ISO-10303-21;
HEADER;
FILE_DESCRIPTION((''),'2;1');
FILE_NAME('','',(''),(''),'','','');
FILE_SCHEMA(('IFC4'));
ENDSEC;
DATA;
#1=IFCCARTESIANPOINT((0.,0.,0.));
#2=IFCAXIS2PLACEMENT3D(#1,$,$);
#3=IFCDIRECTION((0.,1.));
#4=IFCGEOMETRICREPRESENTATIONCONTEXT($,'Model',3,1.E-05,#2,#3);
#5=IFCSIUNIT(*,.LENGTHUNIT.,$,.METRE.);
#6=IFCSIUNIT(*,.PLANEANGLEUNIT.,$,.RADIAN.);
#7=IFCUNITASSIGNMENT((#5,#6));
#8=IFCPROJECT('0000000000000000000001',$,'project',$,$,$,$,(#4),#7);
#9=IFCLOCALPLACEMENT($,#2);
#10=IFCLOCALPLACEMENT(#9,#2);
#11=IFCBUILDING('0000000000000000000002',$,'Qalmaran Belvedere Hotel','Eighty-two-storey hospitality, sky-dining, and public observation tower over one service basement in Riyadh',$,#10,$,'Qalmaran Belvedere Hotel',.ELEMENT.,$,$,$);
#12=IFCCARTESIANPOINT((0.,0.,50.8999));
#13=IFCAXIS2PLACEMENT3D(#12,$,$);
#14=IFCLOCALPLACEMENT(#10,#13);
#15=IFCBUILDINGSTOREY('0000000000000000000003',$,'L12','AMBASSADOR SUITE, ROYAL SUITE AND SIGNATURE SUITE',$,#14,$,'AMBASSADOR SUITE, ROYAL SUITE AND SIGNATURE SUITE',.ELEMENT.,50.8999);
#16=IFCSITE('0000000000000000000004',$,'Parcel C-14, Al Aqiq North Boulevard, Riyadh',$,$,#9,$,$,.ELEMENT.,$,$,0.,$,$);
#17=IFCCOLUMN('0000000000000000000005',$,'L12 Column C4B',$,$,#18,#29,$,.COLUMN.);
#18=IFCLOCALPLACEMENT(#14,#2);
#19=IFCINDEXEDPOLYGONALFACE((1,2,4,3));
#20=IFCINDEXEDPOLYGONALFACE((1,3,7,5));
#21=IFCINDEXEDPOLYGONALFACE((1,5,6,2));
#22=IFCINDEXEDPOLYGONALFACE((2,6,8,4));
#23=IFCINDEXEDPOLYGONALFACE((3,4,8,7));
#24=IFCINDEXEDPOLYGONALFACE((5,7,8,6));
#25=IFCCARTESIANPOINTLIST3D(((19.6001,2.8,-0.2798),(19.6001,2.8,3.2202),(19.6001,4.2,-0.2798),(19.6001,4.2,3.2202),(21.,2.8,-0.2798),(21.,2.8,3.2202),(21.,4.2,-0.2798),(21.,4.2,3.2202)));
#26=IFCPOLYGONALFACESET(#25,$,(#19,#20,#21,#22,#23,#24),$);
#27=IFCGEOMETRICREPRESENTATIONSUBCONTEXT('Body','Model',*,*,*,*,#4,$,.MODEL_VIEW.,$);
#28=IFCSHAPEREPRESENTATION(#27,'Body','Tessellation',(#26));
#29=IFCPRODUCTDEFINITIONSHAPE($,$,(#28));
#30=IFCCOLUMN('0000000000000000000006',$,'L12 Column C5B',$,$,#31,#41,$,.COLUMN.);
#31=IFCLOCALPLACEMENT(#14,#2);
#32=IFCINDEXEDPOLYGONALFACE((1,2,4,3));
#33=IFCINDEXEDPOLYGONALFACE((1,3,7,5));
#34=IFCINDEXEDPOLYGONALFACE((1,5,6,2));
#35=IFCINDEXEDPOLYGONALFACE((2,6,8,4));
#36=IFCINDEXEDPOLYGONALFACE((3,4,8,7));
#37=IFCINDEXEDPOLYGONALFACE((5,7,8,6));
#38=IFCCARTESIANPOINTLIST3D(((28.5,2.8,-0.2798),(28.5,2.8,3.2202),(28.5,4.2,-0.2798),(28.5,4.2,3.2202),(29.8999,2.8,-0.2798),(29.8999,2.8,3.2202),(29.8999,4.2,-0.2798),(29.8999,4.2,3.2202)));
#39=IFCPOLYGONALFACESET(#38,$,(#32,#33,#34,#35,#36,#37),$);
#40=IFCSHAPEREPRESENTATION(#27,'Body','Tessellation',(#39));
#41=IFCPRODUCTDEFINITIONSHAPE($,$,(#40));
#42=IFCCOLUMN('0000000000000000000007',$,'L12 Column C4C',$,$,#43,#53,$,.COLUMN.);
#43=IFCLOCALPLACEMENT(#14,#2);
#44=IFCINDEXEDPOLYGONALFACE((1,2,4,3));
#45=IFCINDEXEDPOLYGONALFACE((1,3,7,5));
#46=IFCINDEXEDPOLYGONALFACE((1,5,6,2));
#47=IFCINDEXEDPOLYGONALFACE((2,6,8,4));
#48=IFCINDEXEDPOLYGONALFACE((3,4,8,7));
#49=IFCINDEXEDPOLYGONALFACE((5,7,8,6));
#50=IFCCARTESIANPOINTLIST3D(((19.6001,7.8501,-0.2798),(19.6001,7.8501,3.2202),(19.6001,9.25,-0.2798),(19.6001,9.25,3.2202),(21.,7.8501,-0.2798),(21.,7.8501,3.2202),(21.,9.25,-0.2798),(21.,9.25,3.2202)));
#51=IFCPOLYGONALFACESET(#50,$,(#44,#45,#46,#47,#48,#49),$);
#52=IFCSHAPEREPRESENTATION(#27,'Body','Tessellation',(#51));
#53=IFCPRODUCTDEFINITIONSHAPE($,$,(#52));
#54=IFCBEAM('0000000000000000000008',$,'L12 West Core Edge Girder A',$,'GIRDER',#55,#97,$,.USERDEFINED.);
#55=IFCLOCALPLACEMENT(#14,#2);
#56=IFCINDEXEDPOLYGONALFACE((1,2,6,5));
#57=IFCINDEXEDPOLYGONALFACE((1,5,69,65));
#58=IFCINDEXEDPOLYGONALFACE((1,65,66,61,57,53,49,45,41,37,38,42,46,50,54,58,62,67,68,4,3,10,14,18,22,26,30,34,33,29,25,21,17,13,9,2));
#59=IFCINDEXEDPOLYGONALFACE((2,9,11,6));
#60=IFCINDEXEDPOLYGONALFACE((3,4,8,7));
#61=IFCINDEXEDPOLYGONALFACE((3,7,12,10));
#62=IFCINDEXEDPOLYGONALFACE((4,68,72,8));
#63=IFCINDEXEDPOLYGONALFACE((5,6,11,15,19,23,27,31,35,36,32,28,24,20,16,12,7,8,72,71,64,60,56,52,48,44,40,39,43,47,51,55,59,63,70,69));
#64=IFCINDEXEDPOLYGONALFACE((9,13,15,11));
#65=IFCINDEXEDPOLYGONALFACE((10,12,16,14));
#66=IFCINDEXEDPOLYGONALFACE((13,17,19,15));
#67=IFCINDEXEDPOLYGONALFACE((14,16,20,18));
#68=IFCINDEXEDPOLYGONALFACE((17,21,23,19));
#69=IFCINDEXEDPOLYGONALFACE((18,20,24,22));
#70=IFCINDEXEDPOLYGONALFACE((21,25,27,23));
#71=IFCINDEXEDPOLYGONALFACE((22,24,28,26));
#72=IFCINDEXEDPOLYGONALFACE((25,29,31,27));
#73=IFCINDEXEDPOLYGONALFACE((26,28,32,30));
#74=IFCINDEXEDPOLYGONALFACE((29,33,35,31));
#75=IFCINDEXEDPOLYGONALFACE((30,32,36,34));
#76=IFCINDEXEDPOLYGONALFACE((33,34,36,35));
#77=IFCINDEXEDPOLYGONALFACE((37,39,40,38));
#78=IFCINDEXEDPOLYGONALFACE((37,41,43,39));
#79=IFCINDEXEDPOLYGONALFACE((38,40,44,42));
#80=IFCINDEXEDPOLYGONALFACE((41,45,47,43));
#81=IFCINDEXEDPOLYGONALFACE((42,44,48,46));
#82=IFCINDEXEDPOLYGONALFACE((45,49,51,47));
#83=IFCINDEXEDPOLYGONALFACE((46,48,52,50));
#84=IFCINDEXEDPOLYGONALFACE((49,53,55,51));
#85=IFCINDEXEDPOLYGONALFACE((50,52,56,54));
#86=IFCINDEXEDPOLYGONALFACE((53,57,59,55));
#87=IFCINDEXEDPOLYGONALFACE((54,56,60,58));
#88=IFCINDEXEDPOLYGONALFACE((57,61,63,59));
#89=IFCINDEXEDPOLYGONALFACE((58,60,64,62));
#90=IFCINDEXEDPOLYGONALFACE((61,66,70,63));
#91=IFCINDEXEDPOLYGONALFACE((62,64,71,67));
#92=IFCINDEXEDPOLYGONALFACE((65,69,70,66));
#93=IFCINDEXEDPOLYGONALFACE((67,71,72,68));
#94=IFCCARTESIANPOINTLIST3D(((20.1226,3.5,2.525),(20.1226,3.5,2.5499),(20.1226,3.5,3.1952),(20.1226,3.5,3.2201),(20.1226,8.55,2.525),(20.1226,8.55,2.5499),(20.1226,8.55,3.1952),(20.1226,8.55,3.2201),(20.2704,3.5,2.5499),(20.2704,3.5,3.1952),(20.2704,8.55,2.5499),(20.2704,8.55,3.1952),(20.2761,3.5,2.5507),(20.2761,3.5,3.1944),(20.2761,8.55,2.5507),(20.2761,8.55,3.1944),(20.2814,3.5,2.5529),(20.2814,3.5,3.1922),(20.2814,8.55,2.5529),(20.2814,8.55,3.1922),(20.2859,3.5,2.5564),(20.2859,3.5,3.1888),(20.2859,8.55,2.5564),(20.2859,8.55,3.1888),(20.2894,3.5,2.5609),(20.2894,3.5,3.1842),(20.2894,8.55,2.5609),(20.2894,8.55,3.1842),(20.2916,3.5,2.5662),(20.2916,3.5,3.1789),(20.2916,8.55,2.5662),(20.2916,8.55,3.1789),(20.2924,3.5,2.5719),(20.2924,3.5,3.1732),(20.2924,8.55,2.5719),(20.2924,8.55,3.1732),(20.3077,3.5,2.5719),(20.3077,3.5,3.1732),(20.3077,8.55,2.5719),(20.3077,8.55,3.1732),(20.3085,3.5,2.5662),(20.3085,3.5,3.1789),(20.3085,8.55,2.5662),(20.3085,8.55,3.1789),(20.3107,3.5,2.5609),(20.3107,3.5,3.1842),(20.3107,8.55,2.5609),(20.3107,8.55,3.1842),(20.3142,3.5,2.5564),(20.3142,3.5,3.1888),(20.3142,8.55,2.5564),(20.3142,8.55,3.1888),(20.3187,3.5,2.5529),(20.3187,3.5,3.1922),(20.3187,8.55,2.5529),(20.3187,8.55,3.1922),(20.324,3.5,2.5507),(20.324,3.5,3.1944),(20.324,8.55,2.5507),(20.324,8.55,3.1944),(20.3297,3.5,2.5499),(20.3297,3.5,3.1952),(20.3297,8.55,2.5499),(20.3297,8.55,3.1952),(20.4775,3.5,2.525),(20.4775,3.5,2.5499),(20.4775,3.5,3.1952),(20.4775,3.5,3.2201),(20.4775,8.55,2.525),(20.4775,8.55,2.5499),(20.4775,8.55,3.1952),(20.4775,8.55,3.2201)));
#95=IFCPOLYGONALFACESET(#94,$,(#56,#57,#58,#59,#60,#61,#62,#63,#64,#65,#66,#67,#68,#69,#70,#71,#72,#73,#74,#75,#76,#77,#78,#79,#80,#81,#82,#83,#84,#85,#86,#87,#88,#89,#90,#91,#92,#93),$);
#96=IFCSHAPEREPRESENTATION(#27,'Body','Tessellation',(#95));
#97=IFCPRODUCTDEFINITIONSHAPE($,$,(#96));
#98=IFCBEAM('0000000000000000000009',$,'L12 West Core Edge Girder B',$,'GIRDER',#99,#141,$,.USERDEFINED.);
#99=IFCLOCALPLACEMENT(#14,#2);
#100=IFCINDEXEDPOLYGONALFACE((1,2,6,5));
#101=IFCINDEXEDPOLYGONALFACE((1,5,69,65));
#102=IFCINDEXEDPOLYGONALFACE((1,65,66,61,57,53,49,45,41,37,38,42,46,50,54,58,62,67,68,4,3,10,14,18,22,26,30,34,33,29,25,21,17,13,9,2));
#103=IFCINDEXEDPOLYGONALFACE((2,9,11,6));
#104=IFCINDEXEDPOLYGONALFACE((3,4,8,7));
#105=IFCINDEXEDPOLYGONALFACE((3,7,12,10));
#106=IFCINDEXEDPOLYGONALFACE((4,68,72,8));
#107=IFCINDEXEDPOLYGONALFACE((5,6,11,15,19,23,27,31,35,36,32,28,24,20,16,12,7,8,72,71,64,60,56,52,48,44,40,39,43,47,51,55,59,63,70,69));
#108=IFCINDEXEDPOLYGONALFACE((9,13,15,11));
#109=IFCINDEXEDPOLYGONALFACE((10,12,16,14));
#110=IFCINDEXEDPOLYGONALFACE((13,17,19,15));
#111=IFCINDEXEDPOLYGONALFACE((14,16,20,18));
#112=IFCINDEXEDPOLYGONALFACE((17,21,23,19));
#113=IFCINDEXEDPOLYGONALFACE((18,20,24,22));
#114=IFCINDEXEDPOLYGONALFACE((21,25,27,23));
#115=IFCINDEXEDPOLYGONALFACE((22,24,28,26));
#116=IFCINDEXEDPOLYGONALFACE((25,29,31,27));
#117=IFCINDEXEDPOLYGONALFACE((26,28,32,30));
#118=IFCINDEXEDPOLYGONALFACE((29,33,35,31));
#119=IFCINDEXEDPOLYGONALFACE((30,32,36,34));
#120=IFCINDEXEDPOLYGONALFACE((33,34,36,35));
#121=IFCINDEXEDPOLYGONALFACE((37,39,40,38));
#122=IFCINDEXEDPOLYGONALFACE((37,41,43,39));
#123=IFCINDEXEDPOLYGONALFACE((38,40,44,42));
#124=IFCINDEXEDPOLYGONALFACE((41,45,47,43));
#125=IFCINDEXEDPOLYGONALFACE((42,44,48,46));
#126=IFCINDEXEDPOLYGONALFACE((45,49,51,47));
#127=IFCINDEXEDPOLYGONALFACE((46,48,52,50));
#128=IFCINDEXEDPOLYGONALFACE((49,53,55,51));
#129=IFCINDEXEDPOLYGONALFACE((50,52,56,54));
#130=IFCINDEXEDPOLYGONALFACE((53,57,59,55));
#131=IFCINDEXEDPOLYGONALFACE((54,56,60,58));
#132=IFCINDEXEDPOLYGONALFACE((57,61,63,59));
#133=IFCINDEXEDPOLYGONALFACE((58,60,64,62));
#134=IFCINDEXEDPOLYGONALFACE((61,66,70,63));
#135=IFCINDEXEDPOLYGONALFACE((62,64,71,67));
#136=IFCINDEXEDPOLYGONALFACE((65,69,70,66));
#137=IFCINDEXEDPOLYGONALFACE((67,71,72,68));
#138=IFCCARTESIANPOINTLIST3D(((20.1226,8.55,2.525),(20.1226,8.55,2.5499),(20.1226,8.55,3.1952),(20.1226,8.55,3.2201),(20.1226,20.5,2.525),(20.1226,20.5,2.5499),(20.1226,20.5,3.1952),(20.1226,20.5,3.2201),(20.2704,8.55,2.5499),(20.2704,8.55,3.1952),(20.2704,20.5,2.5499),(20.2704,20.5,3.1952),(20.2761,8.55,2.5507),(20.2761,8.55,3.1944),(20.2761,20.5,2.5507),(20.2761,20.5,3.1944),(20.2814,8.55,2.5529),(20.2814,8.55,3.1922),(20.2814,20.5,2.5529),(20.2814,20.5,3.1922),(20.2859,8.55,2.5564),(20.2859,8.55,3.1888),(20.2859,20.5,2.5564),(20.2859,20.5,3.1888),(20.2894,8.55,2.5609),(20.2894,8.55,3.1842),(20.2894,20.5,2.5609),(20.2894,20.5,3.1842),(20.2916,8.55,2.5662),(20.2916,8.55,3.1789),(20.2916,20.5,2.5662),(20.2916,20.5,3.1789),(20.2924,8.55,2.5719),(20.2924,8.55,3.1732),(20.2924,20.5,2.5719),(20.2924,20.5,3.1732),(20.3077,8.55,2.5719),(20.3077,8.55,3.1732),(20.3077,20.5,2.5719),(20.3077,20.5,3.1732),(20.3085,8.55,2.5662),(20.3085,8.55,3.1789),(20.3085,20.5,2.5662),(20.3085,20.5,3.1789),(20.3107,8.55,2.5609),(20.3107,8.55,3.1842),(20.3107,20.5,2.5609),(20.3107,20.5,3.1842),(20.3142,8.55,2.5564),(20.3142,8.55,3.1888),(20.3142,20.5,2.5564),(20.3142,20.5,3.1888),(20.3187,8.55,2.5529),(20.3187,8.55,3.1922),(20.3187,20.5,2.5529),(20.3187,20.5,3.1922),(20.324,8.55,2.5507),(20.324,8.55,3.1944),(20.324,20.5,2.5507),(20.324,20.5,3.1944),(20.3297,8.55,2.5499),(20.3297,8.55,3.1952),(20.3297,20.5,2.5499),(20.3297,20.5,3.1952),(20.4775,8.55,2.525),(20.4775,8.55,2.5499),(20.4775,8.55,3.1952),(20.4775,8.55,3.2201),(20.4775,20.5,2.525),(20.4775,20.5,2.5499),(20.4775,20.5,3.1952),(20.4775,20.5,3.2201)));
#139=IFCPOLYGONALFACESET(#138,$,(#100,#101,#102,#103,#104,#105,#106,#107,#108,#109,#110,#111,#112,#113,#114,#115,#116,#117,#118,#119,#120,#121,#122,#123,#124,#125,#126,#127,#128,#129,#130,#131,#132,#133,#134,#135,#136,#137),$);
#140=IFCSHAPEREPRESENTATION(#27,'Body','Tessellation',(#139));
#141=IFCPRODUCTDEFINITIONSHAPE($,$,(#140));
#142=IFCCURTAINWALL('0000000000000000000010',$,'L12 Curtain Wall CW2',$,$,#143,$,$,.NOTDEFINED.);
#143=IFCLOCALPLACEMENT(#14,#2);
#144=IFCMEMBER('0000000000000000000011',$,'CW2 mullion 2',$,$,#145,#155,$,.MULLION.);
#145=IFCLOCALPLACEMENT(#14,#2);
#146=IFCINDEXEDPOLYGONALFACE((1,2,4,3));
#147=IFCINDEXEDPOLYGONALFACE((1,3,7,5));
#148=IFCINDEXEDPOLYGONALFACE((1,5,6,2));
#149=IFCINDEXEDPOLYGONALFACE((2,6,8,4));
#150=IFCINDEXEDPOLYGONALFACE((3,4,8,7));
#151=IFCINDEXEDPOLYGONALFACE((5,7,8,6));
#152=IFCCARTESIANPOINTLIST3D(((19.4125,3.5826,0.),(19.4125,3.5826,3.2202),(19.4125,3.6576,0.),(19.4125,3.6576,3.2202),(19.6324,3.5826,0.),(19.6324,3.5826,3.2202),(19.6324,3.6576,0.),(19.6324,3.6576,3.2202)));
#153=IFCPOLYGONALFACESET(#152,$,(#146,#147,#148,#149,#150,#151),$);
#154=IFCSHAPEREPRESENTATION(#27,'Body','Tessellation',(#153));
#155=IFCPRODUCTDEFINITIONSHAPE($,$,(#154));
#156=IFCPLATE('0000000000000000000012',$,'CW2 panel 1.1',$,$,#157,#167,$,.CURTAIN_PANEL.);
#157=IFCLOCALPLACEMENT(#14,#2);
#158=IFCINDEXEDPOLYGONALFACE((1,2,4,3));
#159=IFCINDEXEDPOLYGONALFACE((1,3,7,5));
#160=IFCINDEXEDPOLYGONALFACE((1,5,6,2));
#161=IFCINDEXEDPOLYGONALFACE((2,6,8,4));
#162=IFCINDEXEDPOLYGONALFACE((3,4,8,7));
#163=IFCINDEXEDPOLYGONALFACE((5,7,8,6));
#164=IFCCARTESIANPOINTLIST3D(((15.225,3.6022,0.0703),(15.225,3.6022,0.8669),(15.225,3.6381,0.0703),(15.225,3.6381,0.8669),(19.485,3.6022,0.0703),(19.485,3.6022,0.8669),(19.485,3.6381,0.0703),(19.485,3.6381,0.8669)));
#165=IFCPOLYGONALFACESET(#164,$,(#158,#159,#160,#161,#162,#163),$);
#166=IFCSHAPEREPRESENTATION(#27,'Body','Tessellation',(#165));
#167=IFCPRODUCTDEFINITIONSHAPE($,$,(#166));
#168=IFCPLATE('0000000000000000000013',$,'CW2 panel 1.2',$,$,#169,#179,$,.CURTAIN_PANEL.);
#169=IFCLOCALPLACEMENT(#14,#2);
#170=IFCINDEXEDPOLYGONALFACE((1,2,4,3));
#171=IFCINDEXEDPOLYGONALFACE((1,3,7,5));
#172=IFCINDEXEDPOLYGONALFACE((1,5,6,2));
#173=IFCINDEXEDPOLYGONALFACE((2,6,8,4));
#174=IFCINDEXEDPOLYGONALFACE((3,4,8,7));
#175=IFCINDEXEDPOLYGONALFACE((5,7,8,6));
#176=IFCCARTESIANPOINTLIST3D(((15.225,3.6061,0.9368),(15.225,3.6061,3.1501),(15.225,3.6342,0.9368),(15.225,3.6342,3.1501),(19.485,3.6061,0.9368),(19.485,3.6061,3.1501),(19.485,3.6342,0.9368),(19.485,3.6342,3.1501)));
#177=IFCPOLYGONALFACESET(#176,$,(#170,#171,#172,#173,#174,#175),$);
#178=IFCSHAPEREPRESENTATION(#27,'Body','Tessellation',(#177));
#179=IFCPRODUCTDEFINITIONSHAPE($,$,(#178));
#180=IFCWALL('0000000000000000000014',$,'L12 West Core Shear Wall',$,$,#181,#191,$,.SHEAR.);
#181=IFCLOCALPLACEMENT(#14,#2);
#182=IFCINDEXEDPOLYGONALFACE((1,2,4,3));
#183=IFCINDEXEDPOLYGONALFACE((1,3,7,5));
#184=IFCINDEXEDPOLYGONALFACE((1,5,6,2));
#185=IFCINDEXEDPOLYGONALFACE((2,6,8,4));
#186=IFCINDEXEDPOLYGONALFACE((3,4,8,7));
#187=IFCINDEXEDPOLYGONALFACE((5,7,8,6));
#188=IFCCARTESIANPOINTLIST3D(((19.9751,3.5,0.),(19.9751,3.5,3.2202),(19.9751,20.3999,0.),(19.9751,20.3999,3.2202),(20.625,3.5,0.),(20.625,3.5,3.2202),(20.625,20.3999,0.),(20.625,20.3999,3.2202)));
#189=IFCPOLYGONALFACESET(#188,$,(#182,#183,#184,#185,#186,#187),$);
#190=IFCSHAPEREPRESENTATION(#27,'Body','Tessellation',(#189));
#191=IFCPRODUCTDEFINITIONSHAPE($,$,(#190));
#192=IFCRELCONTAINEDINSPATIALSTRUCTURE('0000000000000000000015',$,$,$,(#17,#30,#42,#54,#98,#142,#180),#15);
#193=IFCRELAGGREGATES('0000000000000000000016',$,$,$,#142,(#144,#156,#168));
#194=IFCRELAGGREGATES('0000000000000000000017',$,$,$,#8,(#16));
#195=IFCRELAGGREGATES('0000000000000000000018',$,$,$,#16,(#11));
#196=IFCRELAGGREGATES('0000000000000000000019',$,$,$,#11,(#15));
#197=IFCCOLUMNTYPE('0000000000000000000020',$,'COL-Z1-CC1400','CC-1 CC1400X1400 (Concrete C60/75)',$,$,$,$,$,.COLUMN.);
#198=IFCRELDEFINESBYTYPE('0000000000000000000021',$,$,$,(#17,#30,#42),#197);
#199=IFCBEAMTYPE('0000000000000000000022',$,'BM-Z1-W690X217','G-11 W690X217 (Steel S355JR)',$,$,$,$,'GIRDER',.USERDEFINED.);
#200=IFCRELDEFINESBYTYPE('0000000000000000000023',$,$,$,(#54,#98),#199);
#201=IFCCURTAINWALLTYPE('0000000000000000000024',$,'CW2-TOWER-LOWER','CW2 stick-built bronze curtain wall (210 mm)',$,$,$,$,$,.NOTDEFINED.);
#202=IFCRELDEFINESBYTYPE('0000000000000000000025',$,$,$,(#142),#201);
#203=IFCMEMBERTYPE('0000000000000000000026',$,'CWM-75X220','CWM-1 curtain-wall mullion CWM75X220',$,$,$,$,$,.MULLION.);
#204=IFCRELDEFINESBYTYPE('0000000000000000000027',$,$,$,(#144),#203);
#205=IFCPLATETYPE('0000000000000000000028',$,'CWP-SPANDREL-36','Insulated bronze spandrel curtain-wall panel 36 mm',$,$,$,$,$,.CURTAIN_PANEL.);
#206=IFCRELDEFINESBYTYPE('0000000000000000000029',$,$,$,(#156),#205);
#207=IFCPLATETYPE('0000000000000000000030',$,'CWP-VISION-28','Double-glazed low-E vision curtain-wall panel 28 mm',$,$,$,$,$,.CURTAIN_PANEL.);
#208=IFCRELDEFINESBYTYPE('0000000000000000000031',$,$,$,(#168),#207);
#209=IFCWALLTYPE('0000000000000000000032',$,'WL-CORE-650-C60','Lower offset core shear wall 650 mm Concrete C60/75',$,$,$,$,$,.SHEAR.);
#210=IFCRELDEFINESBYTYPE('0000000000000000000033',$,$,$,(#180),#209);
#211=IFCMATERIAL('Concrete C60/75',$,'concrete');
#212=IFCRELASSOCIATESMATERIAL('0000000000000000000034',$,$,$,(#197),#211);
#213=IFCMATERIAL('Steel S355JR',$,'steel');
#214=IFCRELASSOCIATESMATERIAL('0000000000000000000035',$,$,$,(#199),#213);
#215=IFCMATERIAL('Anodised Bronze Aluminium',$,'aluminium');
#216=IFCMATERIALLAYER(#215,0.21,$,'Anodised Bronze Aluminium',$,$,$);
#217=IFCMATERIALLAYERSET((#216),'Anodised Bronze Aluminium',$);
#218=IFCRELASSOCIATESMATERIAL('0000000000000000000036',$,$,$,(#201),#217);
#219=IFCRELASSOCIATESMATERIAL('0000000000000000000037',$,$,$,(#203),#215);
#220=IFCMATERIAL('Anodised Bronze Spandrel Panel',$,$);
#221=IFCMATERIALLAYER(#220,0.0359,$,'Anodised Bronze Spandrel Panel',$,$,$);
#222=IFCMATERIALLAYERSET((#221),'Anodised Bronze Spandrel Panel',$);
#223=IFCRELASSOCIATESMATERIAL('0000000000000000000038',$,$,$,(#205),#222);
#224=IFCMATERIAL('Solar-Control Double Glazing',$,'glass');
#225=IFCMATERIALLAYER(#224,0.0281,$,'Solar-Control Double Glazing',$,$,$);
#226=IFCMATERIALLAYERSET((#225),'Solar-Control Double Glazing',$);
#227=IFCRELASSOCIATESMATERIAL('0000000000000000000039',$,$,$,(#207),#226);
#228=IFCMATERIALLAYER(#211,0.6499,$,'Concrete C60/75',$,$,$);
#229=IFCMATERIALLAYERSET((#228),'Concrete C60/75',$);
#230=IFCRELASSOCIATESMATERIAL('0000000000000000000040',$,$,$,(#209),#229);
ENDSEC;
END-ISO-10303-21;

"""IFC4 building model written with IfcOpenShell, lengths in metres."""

from ifc_helpers import new_model, si_unit, direction, frame, frame_2d, origin, origin_2d, place, context, subcontext, project, spatial, rectangle, i_section, extrude, material, layer, layer_set, material_profile, profile_set, type_object, element, aggregate, save


model = new_model("IFC4")

# Units and contexts
model_context = context("Model", 3, precision=1e-05, world=origin(), true_north=direction((0.0, 1.0)))
body_context = subcontext(model_context, "Body", "Model", "MODEL_VIEW")
ifc_project = project(units=[si_unit("LENGTHUNIT", "METRE"), si_unit("PLANEANGLEUNIT", "RADIAN")], contexts=[model_context])

# Site, building, storey
site_placement = place(None, origin())
site = spatial("IfcSite", under=ifc_project, at=site_placement, Name="Parcel C-14, Al Aqiq North Boulevard, Riyadh", CompositionType="ELEMENT", RefElevation=0.0)
building_placement = place(site_placement, origin())
building = spatial("IfcBuilding", under=site, at=building_placement, Name="Qalmaran Belvedere Hotel", Description="Eighty-two-storey hospitality, sky-dining, and public observation tower over one service basement in Riyadh", LongName="Qalmaran Belvedere Hotel", CompositionType="ELEMENT")
storey_placement = place(building_placement, frame((0.0, 0.0, 50.8999)))
storey = spatial("IfcBuildingStorey", under=building, at=storey_placement, Name="L12", Description="AMBASSADOR SUITE, ROYAL SUITE AND SIGNATURE SUITE", LongName="AMBASSADOR SUITE, ROYAL SUITE AND SIGNATURE SUITE", CompositionType="ELEMENT", Elevation=50.8999)

# Columns
ifc_material_1 = material(Name="Concrete C60/75", Category="concrete")
ifc_material_profile_1 = material_profile(ifc_material_1, rectangle(XDim=1.3999, YDim=1.3999, at=origin_2d()), Name="CC1400X1400")
ifc_profile_set_1 = profile_set([ifc_material_profile_1], Name="Concrete C60/75")
column_type = type_object("IfcColumnType", Name="COL-Z1-CC1400", Description="CC-1 CC1400X1400 (Concrete C60/75)", PredefinedType="COLUMN", material=ifc_profile_set_1)
for number, where, z_axis, x_axis, name in (
    (1, (20.3, 3.5, -0.2798), (0.0, 0.0, 1.0), (1.0, 0.0, 0.0), "L12 Column C4B"),
    (2, (29.2, 3.5, -0.2798), (0.0, 0.0, 1.0), (1.0, 0.0, 0.0), "L12 Column C5B"),
    (3, (20.3, 8.55, -0.2798), (0.0, 0.0, 1.0), (1.0, 0.0, 0.0), "L12 Column C4C"),
):
    element("IfcColumn", number, at=place(storey_placement, frame(where, z_axis=z_axis, x_axis=x_axis)), inside=storey, type_object=column_type, Name=name, PredefinedType="COLUMN", context=body_context, shape_type="SweptSolid", body=[
        extrude(rectangle(XDim=1.3999, YDim=1.3999, at=origin_2d()), origin(), (0.0, 0.0, 1.0), 3.5),
    ])

# Beams
ifc_material_2 = material(Name="Steel S355JR", Category="steel")
ifc_material_profile_2 = material_profile(ifc_material_2, i_section(OverallWidth=0.355, OverallDepth=0.6951, WebThickness=0.0154, FlangeThickness=0.0249, FilletRadius=0.022, at=origin_2d()), Name="W690X217")
ifc_profile_set_2 = profile_set([ifc_material_profile_2], Name="Steel S355JR")
beam_type = type_object("IfcBeamType", Name="BM-Z1-W690X217", Description="G-11 W690X217 (Steel S355JR)", ElementType="GIRDER", PredefinedType="USERDEFINED", material=ifc_profile_set_2)
beam_1_placement = place(storey_placement, frame((20.3, 3.5, 2.8726), z_axis=(0.0, 1.0, 0.0), x_axis=(-1.0, 0.0, 0.0)))
element("IfcBeam", 4, at=beam_1_placement, inside=storey, type_object=beam_type, Name="L12 West Core Edge Girder A", ObjectType="GIRDER", PredefinedType="USERDEFINED", context=body_context, shape_type="SweptSolid", body=[
    extrude(i_section(OverallWidth=0.355, OverallDepth=0.6951, WebThickness=0.0154, FlangeThickness=0.0249, FilletRadius=0.022, at=origin_2d()), origin(), (0.0, 0.0, 1.0), 5.05),
])
beam_2_placement = place(storey_placement, frame((20.3, 8.55, 2.8726), z_axis=(0.0, 1.0, 0.0), x_axis=(-1.0, 0.0, 0.0)))
element("IfcBeam", 5, at=beam_2_placement, inside=storey, type_object=beam_type, Name="L12 West Core Edge Girder B", ObjectType="GIRDER", PredefinedType="USERDEFINED", context=body_context, shape_type="SweptSolid", body=[
    extrude(i_section(OverallWidth=0.355, OverallDepth=0.6951, WebThickness=0.0154, FlangeThickness=0.0249, FilletRadius=0.022, at=origin_2d()), origin(), (0.0, 0.0, 1.0), 11.95),
])

# Curtain wall, member, plates
ifc_material_3 = material(Name="Anodised Bronze Aluminium", Category="aluminium")
ifc_layer_1 = layer(ifc_material_3, 0.21, Name="Anodised Bronze Aluminium")
ifc_layer_set_1 = layer_set([ifc_layer_1], Name="Anodised Bronze Aluminium")
curtain_wall_type = type_object("IfcCurtainWallType", Name="CW2-TOWER-LOWER", Description="CW2 stick-built bronze curtain wall (210 mm)", PredefinedType="NOTDEFINED", material=ifc_layer_set_1)
curtain_wall_placement = place(storey_placement, origin())
curtain_wall = element("IfcCurtainWall", 6, at=curtain_wall_placement, inside=storey, type_object=curtain_wall_type, Name="L12 Curtain Wall CW2", PredefinedType="NOTDEFINED")
ifc_material_profile_3 = material_profile(ifc_material_3, rectangle(XDim=0.075, YDim=0.22, at=origin_2d()), Name="CWM75X220")
ifc_profile_set_3 = profile_set([ifc_material_profile_3], Name="Anodised Bronze Aluminium")
member_type = type_object("IfcMemberType", Name="CWM-75X220", Description="CWM-1 curtain-wall mullion CWM75X220", PredefinedType="MULLION", material=ifc_profile_set_3)
member_placement = place(storey_placement, frame((19.5225, 3.6201, 0.0), z_axis=(0.0, 0.0, 1.0), x_axis=(0.0, 1.0, 0.0)))
member = element("IfcMember", 7, at=member_placement, type_object=member_type, Name="CW2 mullion 2", PredefinedType="MULLION", context=body_context, shape_type="SweptSolid", body=[
    extrude(rectangle(XDim=0.075, YDim=0.22, at=origin_2d()), origin(), (0.0, 0.0, 1.0), 3.2202),
])
ifc_material_4 = material(Name="Anodised Bronze Spandrel Panel")
ifc_layer_2 = layer(ifc_material_4, 0.0359, Name="Anodised Bronze Spandrel Panel")
ifc_layer_set_2 = layer_set([ifc_layer_2], Name="Anodised Bronze Spandrel Panel")
plate_type_1 = type_object("IfcPlateType", Name="CWP-SPANDREL-36", Description="Insulated bronze spandrel curtain-wall panel 36 mm", PredefinedType="CURTAIN_PANEL", material=ifc_layer_set_2)
plate_1_placement = place(storey_placement, frame((17.355, 3.6201, 0.0703), z_axis=(0.0, 0.0, 1.0), x_axis=(1.0, 0.0, 0.0)))
plate_1 = element("IfcPlate", 8, at=plate_1_placement, type_object=plate_type_1, Name="CW2 panel 1.1", PredefinedType="CURTAIN_PANEL", context=body_context, shape_type="SweptSolid", body=[
    extrude(rectangle(XDim=4.26, YDim=0.0359, at=origin_2d()), origin(), (0.0, 0.0, 1.0), 0.7966),
])
ifc_material_5 = material(Name="Solar-Control Double Glazing", Category="glass")
ifc_layer_3 = layer(ifc_material_5, 0.0281, Name="Solar-Control Double Glazing")
ifc_layer_set_3 = layer_set([ifc_layer_3], Name="Solar-Control Double Glazing")
plate_type_2 = type_object("IfcPlateType", Name="CWP-VISION-28", Description="Double-glazed low-E vision curtain-wall panel 28 mm", PredefinedType="CURTAIN_PANEL", material=ifc_layer_set_3)
plate_2_placement = place(storey_placement, frame((17.355, 3.6201, 0.9368), z_axis=(0.0, 0.0, 1.0), x_axis=(1.0, 0.0, 0.0)))
plate_2 = element("IfcPlate", 9, at=plate_2_placement, type_object=plate_type_2, Name="CW2 panel 1.2", PredefinedType="CURTAIN_PANEL", context=body_context, shape_type="SweptSolid", body=[
    extrude(rectangle(XDim=4.26, YDim=0.0281, at=origin_2d()), origin(), (0.0, 0.0, 1.0), 2.2134),
])
aggregate(curtain_wall, [member, plate_1, plate_2])

# Wall
ifc_layer_4 = layer(ifc_material_1, 0.6499, Name="Concrete C60/75")
ifc_layer_set_4 = layer_set([ifc_layer_4], Name="Concrete C60/75")
wall_type_1 = type_object("IfcWallType", Name="WL-CORE-650-C60", Description="Lower offset core shear wall 650 mm Concrete C60/75", PredefinedType="SHEAR", material=ifc_layer_set_4)
wall_1_placement = place(storey_placement, frame((20.3, 3.5, 0.0), z_axis=(0.0, 0.0, 1.0), x_axis=(0.0, 1.0, 0.0)))
element("IfcWall", 10, at=wall_1_placement, inside=storey, type_object=wall_type_1, Name="L12 West Core Shear Wall", PredefinedType="SHEAR", context=body_context, shape_type="SweptSolid", body=[
    extrude(rectangle(XDim=16.8999, YDim=0.6499, at=frame_2d((8.45, 0.0))), origin(), (0.0, 0.0, 1.0), 3.2202),
])

save(model, "model.ifc")
